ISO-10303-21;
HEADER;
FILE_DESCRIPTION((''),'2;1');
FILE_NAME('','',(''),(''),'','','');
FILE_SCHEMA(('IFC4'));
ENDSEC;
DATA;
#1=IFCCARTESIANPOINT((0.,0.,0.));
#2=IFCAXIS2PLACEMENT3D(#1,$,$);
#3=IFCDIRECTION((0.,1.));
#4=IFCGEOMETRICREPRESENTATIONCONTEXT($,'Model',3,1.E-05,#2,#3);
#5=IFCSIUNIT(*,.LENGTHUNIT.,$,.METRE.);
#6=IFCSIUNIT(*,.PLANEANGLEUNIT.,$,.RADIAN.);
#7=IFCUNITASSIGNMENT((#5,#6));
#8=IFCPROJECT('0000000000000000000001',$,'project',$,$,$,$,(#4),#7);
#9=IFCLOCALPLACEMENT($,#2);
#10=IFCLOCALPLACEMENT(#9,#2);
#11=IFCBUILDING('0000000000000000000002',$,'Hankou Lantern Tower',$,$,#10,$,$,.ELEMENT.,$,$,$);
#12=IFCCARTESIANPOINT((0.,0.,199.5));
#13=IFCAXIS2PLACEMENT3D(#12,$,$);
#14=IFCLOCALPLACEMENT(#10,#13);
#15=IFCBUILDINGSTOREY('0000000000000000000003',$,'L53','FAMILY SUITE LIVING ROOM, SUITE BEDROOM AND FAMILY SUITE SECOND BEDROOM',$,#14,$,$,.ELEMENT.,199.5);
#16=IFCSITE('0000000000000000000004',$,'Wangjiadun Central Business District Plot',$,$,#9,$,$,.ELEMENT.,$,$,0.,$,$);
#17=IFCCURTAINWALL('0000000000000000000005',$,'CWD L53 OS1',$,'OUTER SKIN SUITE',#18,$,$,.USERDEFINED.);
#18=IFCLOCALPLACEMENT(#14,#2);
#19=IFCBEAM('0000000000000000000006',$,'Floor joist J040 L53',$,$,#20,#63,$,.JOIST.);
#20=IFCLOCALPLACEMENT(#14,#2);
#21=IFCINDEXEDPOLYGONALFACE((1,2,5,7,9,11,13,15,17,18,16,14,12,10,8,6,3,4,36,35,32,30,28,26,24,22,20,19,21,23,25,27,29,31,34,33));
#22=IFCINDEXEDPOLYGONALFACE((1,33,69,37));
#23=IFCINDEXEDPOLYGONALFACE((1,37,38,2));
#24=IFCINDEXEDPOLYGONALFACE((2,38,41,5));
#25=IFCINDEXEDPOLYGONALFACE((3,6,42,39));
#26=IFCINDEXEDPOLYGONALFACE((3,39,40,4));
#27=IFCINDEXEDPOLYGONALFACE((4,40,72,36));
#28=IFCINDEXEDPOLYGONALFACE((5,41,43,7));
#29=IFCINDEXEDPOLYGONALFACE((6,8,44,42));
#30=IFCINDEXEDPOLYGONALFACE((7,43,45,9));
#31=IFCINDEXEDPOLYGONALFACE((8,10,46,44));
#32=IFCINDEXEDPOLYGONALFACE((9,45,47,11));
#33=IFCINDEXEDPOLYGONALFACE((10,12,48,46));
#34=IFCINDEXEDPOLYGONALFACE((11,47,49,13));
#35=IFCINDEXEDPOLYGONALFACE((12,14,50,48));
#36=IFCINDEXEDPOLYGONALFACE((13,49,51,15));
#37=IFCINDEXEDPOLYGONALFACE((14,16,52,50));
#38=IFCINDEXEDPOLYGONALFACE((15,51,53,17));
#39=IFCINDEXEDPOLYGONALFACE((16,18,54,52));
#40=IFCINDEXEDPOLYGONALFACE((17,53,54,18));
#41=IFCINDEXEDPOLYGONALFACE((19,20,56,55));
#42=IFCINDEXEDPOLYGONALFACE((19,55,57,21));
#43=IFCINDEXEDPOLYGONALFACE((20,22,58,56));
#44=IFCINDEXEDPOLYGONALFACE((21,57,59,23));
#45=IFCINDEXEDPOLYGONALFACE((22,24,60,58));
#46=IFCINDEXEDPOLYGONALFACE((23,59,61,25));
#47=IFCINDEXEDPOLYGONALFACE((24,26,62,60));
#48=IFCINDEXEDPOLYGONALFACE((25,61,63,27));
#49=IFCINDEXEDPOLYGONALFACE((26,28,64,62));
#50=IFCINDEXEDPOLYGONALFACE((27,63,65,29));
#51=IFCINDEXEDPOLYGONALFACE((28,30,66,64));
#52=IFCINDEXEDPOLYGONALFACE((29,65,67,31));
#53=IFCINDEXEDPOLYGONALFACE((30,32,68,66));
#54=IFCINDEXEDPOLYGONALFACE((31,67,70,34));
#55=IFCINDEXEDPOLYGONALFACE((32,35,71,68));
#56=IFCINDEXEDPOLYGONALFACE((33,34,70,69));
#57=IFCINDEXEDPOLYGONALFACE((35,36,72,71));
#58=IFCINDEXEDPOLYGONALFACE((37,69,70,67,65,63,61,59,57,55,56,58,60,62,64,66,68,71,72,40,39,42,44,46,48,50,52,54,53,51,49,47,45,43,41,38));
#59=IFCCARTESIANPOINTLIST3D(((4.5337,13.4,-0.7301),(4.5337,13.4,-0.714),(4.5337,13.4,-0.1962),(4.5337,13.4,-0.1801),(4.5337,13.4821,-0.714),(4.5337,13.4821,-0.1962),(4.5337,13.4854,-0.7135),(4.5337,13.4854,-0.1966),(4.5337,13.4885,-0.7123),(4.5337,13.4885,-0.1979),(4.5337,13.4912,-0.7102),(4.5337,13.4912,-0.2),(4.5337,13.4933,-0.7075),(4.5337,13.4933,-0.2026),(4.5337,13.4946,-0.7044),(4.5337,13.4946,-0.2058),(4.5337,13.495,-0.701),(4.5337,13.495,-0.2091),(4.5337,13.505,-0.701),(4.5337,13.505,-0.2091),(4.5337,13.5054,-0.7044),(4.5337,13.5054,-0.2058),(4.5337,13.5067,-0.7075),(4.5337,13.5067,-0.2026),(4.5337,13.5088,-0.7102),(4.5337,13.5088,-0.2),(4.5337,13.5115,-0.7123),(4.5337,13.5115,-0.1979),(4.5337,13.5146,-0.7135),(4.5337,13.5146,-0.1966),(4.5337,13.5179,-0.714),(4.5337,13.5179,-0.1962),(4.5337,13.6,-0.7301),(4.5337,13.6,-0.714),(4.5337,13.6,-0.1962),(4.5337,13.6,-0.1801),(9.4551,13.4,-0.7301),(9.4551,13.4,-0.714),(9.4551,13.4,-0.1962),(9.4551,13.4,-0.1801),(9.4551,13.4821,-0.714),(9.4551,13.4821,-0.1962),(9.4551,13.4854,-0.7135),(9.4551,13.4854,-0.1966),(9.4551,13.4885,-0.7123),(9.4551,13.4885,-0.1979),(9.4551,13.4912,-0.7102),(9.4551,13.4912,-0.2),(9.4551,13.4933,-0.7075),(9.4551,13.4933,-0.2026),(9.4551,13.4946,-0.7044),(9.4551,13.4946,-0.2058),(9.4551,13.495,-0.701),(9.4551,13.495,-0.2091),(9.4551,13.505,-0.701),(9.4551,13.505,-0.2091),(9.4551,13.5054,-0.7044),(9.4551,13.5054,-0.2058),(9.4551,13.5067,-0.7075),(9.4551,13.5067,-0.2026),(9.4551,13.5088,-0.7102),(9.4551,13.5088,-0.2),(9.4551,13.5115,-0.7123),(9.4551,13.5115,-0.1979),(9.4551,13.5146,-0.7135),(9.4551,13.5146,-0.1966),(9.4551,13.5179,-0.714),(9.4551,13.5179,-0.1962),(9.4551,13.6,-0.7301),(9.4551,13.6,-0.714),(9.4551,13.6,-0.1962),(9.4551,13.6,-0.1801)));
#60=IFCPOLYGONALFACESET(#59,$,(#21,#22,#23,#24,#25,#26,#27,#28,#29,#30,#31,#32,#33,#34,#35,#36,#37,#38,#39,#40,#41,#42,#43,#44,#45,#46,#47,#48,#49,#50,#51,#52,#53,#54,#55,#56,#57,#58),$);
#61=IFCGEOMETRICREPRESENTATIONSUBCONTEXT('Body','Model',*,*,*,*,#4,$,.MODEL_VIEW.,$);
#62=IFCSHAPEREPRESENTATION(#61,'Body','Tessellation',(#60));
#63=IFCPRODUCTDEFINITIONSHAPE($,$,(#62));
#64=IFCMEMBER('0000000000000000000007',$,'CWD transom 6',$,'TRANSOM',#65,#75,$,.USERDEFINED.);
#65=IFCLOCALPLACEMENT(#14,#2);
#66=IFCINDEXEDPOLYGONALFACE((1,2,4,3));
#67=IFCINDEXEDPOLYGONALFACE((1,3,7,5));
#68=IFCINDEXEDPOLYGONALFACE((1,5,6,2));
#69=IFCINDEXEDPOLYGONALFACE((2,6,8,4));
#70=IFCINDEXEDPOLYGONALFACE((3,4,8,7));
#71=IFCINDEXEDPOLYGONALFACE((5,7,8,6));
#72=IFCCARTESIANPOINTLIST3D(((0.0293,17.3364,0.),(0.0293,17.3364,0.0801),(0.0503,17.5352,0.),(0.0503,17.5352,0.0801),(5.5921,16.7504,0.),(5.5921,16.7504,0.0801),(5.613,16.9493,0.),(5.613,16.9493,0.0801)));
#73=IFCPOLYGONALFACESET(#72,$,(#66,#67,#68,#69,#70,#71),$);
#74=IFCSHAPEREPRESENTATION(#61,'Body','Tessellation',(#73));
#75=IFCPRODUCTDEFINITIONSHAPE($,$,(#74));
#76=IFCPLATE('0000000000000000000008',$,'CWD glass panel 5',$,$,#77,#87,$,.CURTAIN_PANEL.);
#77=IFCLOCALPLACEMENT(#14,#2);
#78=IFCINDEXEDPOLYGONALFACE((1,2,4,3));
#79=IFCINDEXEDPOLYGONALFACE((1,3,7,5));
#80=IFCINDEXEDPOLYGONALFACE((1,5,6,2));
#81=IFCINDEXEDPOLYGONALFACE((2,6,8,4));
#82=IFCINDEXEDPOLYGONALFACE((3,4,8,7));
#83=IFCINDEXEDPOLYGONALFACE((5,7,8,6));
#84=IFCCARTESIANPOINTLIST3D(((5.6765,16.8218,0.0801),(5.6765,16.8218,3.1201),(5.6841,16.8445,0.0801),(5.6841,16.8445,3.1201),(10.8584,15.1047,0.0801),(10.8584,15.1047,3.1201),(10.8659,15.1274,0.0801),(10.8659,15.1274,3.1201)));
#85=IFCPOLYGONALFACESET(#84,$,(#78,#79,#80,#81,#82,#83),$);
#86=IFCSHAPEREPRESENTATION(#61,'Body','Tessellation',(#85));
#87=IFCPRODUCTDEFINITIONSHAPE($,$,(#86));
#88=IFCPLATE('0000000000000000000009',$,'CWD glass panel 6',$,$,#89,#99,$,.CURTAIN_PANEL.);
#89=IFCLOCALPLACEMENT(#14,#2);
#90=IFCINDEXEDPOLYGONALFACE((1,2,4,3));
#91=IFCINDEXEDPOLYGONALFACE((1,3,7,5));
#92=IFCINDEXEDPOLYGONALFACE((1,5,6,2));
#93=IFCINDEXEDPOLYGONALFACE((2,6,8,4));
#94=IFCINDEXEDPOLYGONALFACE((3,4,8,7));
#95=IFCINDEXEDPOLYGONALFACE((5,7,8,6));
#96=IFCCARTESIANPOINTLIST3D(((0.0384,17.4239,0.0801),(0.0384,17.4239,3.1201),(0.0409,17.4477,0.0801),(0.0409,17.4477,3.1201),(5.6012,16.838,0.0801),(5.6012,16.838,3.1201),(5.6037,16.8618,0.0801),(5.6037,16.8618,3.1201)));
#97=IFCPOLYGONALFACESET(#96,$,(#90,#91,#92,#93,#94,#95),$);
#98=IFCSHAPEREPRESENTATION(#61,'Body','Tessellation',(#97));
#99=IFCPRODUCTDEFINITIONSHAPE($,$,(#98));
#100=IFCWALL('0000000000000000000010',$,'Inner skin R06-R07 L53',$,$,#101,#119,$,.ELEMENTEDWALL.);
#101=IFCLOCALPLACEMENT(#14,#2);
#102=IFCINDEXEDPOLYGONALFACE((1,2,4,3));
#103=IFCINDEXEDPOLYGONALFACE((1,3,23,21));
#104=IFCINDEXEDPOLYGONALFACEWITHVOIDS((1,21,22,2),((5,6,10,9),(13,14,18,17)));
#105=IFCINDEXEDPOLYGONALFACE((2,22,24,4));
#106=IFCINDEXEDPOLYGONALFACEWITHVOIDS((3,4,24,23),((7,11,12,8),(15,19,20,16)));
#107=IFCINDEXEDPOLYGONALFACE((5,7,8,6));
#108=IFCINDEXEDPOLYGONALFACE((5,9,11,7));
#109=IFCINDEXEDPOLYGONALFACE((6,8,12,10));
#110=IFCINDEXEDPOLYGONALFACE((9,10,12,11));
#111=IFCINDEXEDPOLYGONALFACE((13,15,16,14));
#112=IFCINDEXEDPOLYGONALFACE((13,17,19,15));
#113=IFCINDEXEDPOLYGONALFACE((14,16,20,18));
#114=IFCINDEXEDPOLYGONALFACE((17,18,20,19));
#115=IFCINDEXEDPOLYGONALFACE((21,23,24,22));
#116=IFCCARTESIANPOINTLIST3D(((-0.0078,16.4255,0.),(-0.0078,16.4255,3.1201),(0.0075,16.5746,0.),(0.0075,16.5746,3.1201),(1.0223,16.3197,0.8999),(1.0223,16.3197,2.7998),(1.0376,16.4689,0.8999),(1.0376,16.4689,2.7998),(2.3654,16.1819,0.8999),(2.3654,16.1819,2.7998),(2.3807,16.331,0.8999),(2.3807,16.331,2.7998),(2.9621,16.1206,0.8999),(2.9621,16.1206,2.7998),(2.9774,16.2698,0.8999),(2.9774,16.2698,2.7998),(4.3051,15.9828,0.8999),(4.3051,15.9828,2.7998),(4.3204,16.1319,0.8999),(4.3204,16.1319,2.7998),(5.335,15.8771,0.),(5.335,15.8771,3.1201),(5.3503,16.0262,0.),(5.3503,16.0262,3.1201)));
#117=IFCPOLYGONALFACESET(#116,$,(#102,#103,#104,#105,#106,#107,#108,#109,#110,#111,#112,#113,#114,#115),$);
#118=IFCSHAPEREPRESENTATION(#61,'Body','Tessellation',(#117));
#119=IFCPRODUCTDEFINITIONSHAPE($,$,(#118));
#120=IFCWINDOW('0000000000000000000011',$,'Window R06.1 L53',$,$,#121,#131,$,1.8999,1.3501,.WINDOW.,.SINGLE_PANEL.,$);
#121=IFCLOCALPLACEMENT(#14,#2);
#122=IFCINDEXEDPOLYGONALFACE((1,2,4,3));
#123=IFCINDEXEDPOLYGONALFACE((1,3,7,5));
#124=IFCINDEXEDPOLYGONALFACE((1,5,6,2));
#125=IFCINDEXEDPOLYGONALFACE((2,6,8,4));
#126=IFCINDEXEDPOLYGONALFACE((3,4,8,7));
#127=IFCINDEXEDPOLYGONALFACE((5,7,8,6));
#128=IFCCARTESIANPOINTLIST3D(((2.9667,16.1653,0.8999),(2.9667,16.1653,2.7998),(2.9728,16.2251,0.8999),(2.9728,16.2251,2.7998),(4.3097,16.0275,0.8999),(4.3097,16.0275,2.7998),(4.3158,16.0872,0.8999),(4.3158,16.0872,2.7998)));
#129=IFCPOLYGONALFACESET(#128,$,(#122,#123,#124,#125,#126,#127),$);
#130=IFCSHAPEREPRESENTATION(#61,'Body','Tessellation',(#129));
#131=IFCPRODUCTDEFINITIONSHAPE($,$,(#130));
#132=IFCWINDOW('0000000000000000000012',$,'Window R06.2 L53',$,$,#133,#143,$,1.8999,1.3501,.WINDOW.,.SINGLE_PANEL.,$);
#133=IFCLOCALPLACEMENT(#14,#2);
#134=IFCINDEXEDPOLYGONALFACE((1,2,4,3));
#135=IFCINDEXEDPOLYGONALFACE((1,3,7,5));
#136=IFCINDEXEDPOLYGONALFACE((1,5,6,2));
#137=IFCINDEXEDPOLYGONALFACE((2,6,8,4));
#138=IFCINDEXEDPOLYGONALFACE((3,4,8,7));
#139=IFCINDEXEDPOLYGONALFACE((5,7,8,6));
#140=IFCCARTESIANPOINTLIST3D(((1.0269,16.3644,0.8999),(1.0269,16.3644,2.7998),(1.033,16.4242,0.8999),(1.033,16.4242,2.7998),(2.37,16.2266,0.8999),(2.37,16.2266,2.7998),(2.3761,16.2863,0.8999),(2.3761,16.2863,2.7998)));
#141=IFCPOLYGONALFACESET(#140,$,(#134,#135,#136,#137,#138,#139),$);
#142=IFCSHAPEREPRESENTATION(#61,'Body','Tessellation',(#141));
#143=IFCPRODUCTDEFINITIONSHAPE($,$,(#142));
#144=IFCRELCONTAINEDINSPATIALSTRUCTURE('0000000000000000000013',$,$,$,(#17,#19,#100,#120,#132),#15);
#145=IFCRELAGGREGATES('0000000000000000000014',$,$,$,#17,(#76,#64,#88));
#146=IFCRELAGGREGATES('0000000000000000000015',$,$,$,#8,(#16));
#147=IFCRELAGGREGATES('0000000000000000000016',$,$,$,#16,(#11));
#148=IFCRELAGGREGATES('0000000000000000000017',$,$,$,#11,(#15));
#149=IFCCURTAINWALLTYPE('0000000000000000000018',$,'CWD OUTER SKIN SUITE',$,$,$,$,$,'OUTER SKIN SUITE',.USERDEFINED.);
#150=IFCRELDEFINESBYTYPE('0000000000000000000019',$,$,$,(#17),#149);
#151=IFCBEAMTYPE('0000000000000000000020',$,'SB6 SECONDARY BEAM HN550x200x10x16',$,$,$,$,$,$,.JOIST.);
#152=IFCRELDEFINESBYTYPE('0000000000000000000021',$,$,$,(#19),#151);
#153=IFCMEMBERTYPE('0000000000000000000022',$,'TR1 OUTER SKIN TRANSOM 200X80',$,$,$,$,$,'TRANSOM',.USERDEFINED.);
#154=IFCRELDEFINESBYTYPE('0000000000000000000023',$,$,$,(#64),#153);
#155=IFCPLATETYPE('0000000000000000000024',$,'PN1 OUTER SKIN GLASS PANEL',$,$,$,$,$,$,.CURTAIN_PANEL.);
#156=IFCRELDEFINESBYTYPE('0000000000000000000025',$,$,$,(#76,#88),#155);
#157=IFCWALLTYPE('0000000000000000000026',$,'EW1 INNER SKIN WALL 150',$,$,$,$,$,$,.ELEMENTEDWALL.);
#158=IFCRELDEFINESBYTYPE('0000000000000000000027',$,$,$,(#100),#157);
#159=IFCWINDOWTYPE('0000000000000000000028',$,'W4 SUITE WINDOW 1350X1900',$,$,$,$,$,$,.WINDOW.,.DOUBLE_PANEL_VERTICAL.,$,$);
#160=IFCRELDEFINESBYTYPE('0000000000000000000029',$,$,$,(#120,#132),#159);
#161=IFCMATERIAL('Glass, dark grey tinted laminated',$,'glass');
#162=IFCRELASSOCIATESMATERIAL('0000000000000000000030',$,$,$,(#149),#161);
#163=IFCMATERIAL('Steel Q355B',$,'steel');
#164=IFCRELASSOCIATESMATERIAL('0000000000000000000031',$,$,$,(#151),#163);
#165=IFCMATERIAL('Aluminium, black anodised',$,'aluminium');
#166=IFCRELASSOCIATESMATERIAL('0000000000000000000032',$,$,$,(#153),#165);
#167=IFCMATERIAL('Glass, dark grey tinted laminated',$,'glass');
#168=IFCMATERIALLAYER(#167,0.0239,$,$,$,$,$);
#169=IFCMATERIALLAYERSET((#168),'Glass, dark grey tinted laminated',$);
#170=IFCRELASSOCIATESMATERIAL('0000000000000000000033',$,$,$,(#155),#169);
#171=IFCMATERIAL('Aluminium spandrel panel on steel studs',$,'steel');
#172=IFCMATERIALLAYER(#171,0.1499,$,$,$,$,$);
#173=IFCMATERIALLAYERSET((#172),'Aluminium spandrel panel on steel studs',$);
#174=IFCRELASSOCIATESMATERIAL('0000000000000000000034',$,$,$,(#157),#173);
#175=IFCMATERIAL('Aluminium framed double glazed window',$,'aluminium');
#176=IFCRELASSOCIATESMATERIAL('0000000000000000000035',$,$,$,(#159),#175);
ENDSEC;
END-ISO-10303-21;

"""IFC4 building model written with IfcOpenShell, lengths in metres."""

from ifc_helpers import new_model, si_unit, direction, frame, frame_2d, origin, origin_2d, place, context, subcontext, project, spatial, rectangle, i_section, extrude, material, layer, layer_set, material_profile, profile_set, type_object, element, fill, aggregate, save


model = new_model("IFC4")

# Units and contexts
model_context = context("Model", 3, precision=1e-05, world=origin(), true_north=direction((0.0, 1.0)))
body_context = subcontext(model_context, "Body", "Model", "MODEL_VIEW")
ifc_project = project(units=[si_unit("LENGTHUNIT", "METRE"), si_unit("PLANEANGLEUNIT", "RADIAN")], contexts=[model_context])

# Site, building, storey
site_placement = place(None, origin())
site = spatial("IfcSite", under=ifc_project, at=site_placement, Name="Wangjiadun Central Business District Plot", CompositionType="ELEMENT", RefElevation=0.0)
building_placement = place(site_placement, origin())
building = spatial("IfcBuilding", under=site, at=building_placement, Name="Hankou Lantern Tower", CompositionType="ELEMENT")
storey_placement = place(building_placement, frame((0.0, 0.0, 199.5)))
storey = spatial("IfcBuildingStorey", under=building, at=storey_placement, Name="L53", Description="FAMILY SUITE LIVING ROOM, SUITE BEDROOM AND FAMILY SUITE SECOND BEDROOM", CompositionType="ELEMENT", Elevation=199.5)

# Curtain wall
ifc_material_1 = material(Name="Glass, dark grey tinted laminated", Category="glass")
curtain_wall_type = type_object("IfcCurtainWallType", Name="CWD OUTER SKIN SUITE", ElementType="OUTER SKIN SUITE", PredefinedType="USERDEFINED", material=ifc_material_1)
curtain_wall_1_placement = place(storey_placement, origin())
curtain_wall_1 = element("IfcCurtainWall", 1, at=curtain_wall_1_placement, inside=storey, type_object=curtain_wall_type, Name="CWD L53 OS1", ObjectType="OUTER SKIN SUITE", PredefinedType="USERDEFINED")

# Beam
ifc_material_2 = material(Name="Steel Q355B", Category="steel")
ifc_material_profile_1 = material_profile(ifc_material_2, i_section(OverallWidth=0.2, OverallDepth=0.55, WebThickness=0.01, FlangeThickness=0.0161, FilletRadius=0.0129, at=origin_2d()), Name="HN550x200x10x16")
ifc_profile_set_1 = profile_set([ifc_material_profile_1], Name="Steel Q355B")
beam_type_1 = type_object("IfcBeamType", Name="SB6 SECONDARY BEAM HN550x200x10x16", PredefinedType="JOIST", material=ifc_profile_set_1)
beam_1_placement = place(storey_placement, frame((4.5337, 13.5, -0.4551), z_axis=(1.0, 0.0, 0.0), x_axis=(0.0, 1.0, 0.0)))
element("IfcBeam", 2, at=beam_1_placement, inside=storey, type_object=beam_type_1, Name="Floor joist J040 L53", PredefinedType="JOIST", context=body_context, shape_type="SweptSolid", body=[
    extrude(i_section(OverallWidth=0.2, OverallDepth=0.55, WebThickness=0.01, FlangeThickness=0.0161, FilletRadius=0.0129, at=origin_2d()), origin(), (0.0, 0.0, 1.0), 4.9214),
])

# Member
ifc_material_3 = material(Name="Aluminium, black anodised", Category="aluminium")
ifc_material_profile_2 = material_profile(ifc_material_3, rectangle(XDim=0.2, YDim=0.0801, at=origin_2d()), Name="TR1 200X80")
ifc_profile_set_2 = profile_set([ifc_material_profile_2], Name="Aluminium, black anodised")
member_type_1 = type_object("IfcMemberType", Name="TR1 OUTER SKIN TRANSOM 200X80", ElementType="TRANSOM", PredefinedType="USERDEFINED", material=ifc_profile_set_2)
member_1_placement = place(storey_placement, frame((5.6025, 16.8499, 0.04), z_axis=(-0.994498, 0.104753, 0.0), x_axis=(-0.104753, -0.994498, 0.0)))
member_1 = element("IfcMember", 3, at=member_1_placement, type_object=member_type_1, Name="CWD transom 6", ObjectType="TRANSOM", PredefinedType="USERDEFINED", context=body_context, shape_type="SweptSolid", body=[
    extrude(rectangle(XDim=0.2, YDim=0.0801, at=origin_2d()), origin(), (0.0, 0.0, 1.0), 5.5935),
])

# Plates
ifc_material_4 = material(Name="Glass, dark grey tinted laminated", Category="glass")
ifc_layer_1 = layer(ifc_material_4, 0.0239)
ifc_layer_set_1 = layer_set([ifc_layer_1], Name="Glass, dark grey tinted laminated")
plate_type = type_object("IfcPlateType", Name="PN1 OUTER SKIN GLASS PANEL", PredefinedType="CURTAIN_PANEL", material=ifc_layer_set_1)
plate_1_placement = place(storey_placement, frame((8.2712, 15.9746, 0.0801), z_axis=(0.0, 0.0, 1.0), x_axis=(-0.949241, 0.314551, 0.0)))
plate_1 = element("IfcPlate", 4, at=plate_1_placement, type_object=plate_type, Name="CWD glass panel 5", PredefinedType="CURTAIN_PANEL", context=body_context, shape_type="SweptSolid", body=[
    extrude(rectangle(XDim=5.459, YDim=0.0239, at=origin_2d()), origin(), (0.0, 0.0, 1.0), 3.04),
])
plate_2_placement = place(storey_placement, frame((2.821, 17.1428, 0.0801), z_axis=(0.0, 0.0, 1.0), x_axis=(-0.994499, 0.104743, 0.0)))
plate_2 = element("IfcPlate", 5, at=plate_2_placement, type_object=plate_type, Name="CWD glass panel 6", PredefinedType="CURTAIN_PANEL", context=body_context, shape_type="SweptSolid", body=[
    extrude(rectangle(XDim=5.5935, YDim=0.0239, at=origin_2d()), origin(), (0.0, 0.0, 1.0), 3.04),
])
aggregate(curtain_wall_1, [plate_1, member_1, plate_2])

# Wall, openings, windows
ifc_material_5 = material(Name="Aluminium spandrel panel on steel studs", Category="steel")
ifc_layer_2 = layer(ifc_material_5, 0.1499)
ifc_layer_set_2 = layer_set([ifc_layer_2], Name="Aluminium spandrel panel on steel studs")
wall_type_1 = type_object("IfcWallType", Name="EW1 INNER SKIN WALL 150", PredefinedType="ELEMENTEDWALL", material=ifc_layer_set_2)
wall_1_placement = place(storey_placement, frame((5.3428, 15.9517, 0.0), z_axis=(0.0, 0.0, 1.0), x_axis=(-0.994775, 0.102096, 0.0)))
wall_1 = element("IfcWall", 6, at=wall_1_placement, inside=storey, type_object=wall_type_1, Name="Inner skin R06-R07 L53", PredefinedType="ELEMENTEDWALL", context=body_context, shape_type="SweptSolid", body=[
    extrude(rectangle(XDim=5.3708, YDim=0.1499, at=frame_2d((2.6855, 0.0))), origin(), (0.0, 0.0, 1.0), 3.1201),
])
opening_1_placement = place(wall_1_placement, frame((1.0354, 0.0, 0.8999)))
opening_1 = element("IfcOpeningElement", 7, at=opening_1_placement, cuts=wall_1, PredefinedType="OPENING", context=body_context, shape_type="SweptSolid", body=[
    extrude(rectangle(XDim=1.3501, YDim=1.8999, at=frame_2d((0.675, 0.95))), frame((0.0, 0.085, 0.0), z_axis=(0.0, -1.0, 0.0), x_axis=(1.0, 0.0, 0.0)), (0.0, 0.0, 1.0), 0.1699),
])
opening_2_placement = place(wall_1_placement, frame((2.9854, 0.0, 0.8999)))
opening_2 = element("IfcOpeningElement", 8, at=opening_2_placement, cuts=wall_1, PredefinedType="OPENING", context=body_context, shape_type="SweptSolid", body=[
    extrude(rectangle(XDim=1.3501, YDim=1.8999, at=frame_2d((0.675, 0.95))), frame((0.0, 0.085, 0.0), z_axis=(0.0, -1.0, 0.0), x_axis=(1.0, 0.0, 0.0)), (0.0, 0.0, 1.0), 0.1699),
])
ifc_material_6 = material(Name="Aluminium framed double glazed window", Category="aluminium")
window_type = type_object("IfcWindowType", Name="W4 SUITE WINDOW 1350X1900", PartitioningType="DOUBLE_PANEL_VERTICAL", PredefinedType="WINDOW", material=ifc_material_6)
window_1_placement = place(opening_1_placement, origin())
window_1 = element("IfcWindow", 9, at=window_1_placement, inside=storey, type_object=window_type, Name="Window R06.1 L53", OverallHeight=1.8999, OverallWidth=1.3501, PartitioningType="SINGLE_PANEL", PredefinedType="WINDOW", context=body_context, shape_type="SweptSolid", body=[
    extrude(rectangle(XDim=1.3501, YDim=1.8999, at=frame_2d((0.675, 0.95))), frame((0.0, 0.03, 0.0), z_axis=(0.0, -1.0, 0.0), x_axis=(1.0, 0.0, 0.0)), (0.0, 0.0, 1.0), 0.0601),
])
fill(opening_1, window_1)
window_2_placement = place(opening_2_placement, origin())
window_2 = element("IfcWindow", 10, at=window_2_placement, inside=storey, type_object=window_type, Name="Window R06.2 L53", OverallHeight=1.8999, OverallWidth=1.3501, PartitioningType="SINGLE_PANEL", PredefinedType="WINDOW", context=body_context, shape_type="SweptSolid", body=[
    extrude(rectangle(XDim=1.3501, YDim=1.8999, at=frame_2d((0.675, 0.95))), frame((0.0, 0.03, 0.0), z_axis=(0.0, -1.0, 0.0), x_axis=(1.0, 0.0, 0.0)), (0.0, 0.0, 1.0), 0.0601),
])
fill(opening_2, window_2)

save(model, "model.ifc")
